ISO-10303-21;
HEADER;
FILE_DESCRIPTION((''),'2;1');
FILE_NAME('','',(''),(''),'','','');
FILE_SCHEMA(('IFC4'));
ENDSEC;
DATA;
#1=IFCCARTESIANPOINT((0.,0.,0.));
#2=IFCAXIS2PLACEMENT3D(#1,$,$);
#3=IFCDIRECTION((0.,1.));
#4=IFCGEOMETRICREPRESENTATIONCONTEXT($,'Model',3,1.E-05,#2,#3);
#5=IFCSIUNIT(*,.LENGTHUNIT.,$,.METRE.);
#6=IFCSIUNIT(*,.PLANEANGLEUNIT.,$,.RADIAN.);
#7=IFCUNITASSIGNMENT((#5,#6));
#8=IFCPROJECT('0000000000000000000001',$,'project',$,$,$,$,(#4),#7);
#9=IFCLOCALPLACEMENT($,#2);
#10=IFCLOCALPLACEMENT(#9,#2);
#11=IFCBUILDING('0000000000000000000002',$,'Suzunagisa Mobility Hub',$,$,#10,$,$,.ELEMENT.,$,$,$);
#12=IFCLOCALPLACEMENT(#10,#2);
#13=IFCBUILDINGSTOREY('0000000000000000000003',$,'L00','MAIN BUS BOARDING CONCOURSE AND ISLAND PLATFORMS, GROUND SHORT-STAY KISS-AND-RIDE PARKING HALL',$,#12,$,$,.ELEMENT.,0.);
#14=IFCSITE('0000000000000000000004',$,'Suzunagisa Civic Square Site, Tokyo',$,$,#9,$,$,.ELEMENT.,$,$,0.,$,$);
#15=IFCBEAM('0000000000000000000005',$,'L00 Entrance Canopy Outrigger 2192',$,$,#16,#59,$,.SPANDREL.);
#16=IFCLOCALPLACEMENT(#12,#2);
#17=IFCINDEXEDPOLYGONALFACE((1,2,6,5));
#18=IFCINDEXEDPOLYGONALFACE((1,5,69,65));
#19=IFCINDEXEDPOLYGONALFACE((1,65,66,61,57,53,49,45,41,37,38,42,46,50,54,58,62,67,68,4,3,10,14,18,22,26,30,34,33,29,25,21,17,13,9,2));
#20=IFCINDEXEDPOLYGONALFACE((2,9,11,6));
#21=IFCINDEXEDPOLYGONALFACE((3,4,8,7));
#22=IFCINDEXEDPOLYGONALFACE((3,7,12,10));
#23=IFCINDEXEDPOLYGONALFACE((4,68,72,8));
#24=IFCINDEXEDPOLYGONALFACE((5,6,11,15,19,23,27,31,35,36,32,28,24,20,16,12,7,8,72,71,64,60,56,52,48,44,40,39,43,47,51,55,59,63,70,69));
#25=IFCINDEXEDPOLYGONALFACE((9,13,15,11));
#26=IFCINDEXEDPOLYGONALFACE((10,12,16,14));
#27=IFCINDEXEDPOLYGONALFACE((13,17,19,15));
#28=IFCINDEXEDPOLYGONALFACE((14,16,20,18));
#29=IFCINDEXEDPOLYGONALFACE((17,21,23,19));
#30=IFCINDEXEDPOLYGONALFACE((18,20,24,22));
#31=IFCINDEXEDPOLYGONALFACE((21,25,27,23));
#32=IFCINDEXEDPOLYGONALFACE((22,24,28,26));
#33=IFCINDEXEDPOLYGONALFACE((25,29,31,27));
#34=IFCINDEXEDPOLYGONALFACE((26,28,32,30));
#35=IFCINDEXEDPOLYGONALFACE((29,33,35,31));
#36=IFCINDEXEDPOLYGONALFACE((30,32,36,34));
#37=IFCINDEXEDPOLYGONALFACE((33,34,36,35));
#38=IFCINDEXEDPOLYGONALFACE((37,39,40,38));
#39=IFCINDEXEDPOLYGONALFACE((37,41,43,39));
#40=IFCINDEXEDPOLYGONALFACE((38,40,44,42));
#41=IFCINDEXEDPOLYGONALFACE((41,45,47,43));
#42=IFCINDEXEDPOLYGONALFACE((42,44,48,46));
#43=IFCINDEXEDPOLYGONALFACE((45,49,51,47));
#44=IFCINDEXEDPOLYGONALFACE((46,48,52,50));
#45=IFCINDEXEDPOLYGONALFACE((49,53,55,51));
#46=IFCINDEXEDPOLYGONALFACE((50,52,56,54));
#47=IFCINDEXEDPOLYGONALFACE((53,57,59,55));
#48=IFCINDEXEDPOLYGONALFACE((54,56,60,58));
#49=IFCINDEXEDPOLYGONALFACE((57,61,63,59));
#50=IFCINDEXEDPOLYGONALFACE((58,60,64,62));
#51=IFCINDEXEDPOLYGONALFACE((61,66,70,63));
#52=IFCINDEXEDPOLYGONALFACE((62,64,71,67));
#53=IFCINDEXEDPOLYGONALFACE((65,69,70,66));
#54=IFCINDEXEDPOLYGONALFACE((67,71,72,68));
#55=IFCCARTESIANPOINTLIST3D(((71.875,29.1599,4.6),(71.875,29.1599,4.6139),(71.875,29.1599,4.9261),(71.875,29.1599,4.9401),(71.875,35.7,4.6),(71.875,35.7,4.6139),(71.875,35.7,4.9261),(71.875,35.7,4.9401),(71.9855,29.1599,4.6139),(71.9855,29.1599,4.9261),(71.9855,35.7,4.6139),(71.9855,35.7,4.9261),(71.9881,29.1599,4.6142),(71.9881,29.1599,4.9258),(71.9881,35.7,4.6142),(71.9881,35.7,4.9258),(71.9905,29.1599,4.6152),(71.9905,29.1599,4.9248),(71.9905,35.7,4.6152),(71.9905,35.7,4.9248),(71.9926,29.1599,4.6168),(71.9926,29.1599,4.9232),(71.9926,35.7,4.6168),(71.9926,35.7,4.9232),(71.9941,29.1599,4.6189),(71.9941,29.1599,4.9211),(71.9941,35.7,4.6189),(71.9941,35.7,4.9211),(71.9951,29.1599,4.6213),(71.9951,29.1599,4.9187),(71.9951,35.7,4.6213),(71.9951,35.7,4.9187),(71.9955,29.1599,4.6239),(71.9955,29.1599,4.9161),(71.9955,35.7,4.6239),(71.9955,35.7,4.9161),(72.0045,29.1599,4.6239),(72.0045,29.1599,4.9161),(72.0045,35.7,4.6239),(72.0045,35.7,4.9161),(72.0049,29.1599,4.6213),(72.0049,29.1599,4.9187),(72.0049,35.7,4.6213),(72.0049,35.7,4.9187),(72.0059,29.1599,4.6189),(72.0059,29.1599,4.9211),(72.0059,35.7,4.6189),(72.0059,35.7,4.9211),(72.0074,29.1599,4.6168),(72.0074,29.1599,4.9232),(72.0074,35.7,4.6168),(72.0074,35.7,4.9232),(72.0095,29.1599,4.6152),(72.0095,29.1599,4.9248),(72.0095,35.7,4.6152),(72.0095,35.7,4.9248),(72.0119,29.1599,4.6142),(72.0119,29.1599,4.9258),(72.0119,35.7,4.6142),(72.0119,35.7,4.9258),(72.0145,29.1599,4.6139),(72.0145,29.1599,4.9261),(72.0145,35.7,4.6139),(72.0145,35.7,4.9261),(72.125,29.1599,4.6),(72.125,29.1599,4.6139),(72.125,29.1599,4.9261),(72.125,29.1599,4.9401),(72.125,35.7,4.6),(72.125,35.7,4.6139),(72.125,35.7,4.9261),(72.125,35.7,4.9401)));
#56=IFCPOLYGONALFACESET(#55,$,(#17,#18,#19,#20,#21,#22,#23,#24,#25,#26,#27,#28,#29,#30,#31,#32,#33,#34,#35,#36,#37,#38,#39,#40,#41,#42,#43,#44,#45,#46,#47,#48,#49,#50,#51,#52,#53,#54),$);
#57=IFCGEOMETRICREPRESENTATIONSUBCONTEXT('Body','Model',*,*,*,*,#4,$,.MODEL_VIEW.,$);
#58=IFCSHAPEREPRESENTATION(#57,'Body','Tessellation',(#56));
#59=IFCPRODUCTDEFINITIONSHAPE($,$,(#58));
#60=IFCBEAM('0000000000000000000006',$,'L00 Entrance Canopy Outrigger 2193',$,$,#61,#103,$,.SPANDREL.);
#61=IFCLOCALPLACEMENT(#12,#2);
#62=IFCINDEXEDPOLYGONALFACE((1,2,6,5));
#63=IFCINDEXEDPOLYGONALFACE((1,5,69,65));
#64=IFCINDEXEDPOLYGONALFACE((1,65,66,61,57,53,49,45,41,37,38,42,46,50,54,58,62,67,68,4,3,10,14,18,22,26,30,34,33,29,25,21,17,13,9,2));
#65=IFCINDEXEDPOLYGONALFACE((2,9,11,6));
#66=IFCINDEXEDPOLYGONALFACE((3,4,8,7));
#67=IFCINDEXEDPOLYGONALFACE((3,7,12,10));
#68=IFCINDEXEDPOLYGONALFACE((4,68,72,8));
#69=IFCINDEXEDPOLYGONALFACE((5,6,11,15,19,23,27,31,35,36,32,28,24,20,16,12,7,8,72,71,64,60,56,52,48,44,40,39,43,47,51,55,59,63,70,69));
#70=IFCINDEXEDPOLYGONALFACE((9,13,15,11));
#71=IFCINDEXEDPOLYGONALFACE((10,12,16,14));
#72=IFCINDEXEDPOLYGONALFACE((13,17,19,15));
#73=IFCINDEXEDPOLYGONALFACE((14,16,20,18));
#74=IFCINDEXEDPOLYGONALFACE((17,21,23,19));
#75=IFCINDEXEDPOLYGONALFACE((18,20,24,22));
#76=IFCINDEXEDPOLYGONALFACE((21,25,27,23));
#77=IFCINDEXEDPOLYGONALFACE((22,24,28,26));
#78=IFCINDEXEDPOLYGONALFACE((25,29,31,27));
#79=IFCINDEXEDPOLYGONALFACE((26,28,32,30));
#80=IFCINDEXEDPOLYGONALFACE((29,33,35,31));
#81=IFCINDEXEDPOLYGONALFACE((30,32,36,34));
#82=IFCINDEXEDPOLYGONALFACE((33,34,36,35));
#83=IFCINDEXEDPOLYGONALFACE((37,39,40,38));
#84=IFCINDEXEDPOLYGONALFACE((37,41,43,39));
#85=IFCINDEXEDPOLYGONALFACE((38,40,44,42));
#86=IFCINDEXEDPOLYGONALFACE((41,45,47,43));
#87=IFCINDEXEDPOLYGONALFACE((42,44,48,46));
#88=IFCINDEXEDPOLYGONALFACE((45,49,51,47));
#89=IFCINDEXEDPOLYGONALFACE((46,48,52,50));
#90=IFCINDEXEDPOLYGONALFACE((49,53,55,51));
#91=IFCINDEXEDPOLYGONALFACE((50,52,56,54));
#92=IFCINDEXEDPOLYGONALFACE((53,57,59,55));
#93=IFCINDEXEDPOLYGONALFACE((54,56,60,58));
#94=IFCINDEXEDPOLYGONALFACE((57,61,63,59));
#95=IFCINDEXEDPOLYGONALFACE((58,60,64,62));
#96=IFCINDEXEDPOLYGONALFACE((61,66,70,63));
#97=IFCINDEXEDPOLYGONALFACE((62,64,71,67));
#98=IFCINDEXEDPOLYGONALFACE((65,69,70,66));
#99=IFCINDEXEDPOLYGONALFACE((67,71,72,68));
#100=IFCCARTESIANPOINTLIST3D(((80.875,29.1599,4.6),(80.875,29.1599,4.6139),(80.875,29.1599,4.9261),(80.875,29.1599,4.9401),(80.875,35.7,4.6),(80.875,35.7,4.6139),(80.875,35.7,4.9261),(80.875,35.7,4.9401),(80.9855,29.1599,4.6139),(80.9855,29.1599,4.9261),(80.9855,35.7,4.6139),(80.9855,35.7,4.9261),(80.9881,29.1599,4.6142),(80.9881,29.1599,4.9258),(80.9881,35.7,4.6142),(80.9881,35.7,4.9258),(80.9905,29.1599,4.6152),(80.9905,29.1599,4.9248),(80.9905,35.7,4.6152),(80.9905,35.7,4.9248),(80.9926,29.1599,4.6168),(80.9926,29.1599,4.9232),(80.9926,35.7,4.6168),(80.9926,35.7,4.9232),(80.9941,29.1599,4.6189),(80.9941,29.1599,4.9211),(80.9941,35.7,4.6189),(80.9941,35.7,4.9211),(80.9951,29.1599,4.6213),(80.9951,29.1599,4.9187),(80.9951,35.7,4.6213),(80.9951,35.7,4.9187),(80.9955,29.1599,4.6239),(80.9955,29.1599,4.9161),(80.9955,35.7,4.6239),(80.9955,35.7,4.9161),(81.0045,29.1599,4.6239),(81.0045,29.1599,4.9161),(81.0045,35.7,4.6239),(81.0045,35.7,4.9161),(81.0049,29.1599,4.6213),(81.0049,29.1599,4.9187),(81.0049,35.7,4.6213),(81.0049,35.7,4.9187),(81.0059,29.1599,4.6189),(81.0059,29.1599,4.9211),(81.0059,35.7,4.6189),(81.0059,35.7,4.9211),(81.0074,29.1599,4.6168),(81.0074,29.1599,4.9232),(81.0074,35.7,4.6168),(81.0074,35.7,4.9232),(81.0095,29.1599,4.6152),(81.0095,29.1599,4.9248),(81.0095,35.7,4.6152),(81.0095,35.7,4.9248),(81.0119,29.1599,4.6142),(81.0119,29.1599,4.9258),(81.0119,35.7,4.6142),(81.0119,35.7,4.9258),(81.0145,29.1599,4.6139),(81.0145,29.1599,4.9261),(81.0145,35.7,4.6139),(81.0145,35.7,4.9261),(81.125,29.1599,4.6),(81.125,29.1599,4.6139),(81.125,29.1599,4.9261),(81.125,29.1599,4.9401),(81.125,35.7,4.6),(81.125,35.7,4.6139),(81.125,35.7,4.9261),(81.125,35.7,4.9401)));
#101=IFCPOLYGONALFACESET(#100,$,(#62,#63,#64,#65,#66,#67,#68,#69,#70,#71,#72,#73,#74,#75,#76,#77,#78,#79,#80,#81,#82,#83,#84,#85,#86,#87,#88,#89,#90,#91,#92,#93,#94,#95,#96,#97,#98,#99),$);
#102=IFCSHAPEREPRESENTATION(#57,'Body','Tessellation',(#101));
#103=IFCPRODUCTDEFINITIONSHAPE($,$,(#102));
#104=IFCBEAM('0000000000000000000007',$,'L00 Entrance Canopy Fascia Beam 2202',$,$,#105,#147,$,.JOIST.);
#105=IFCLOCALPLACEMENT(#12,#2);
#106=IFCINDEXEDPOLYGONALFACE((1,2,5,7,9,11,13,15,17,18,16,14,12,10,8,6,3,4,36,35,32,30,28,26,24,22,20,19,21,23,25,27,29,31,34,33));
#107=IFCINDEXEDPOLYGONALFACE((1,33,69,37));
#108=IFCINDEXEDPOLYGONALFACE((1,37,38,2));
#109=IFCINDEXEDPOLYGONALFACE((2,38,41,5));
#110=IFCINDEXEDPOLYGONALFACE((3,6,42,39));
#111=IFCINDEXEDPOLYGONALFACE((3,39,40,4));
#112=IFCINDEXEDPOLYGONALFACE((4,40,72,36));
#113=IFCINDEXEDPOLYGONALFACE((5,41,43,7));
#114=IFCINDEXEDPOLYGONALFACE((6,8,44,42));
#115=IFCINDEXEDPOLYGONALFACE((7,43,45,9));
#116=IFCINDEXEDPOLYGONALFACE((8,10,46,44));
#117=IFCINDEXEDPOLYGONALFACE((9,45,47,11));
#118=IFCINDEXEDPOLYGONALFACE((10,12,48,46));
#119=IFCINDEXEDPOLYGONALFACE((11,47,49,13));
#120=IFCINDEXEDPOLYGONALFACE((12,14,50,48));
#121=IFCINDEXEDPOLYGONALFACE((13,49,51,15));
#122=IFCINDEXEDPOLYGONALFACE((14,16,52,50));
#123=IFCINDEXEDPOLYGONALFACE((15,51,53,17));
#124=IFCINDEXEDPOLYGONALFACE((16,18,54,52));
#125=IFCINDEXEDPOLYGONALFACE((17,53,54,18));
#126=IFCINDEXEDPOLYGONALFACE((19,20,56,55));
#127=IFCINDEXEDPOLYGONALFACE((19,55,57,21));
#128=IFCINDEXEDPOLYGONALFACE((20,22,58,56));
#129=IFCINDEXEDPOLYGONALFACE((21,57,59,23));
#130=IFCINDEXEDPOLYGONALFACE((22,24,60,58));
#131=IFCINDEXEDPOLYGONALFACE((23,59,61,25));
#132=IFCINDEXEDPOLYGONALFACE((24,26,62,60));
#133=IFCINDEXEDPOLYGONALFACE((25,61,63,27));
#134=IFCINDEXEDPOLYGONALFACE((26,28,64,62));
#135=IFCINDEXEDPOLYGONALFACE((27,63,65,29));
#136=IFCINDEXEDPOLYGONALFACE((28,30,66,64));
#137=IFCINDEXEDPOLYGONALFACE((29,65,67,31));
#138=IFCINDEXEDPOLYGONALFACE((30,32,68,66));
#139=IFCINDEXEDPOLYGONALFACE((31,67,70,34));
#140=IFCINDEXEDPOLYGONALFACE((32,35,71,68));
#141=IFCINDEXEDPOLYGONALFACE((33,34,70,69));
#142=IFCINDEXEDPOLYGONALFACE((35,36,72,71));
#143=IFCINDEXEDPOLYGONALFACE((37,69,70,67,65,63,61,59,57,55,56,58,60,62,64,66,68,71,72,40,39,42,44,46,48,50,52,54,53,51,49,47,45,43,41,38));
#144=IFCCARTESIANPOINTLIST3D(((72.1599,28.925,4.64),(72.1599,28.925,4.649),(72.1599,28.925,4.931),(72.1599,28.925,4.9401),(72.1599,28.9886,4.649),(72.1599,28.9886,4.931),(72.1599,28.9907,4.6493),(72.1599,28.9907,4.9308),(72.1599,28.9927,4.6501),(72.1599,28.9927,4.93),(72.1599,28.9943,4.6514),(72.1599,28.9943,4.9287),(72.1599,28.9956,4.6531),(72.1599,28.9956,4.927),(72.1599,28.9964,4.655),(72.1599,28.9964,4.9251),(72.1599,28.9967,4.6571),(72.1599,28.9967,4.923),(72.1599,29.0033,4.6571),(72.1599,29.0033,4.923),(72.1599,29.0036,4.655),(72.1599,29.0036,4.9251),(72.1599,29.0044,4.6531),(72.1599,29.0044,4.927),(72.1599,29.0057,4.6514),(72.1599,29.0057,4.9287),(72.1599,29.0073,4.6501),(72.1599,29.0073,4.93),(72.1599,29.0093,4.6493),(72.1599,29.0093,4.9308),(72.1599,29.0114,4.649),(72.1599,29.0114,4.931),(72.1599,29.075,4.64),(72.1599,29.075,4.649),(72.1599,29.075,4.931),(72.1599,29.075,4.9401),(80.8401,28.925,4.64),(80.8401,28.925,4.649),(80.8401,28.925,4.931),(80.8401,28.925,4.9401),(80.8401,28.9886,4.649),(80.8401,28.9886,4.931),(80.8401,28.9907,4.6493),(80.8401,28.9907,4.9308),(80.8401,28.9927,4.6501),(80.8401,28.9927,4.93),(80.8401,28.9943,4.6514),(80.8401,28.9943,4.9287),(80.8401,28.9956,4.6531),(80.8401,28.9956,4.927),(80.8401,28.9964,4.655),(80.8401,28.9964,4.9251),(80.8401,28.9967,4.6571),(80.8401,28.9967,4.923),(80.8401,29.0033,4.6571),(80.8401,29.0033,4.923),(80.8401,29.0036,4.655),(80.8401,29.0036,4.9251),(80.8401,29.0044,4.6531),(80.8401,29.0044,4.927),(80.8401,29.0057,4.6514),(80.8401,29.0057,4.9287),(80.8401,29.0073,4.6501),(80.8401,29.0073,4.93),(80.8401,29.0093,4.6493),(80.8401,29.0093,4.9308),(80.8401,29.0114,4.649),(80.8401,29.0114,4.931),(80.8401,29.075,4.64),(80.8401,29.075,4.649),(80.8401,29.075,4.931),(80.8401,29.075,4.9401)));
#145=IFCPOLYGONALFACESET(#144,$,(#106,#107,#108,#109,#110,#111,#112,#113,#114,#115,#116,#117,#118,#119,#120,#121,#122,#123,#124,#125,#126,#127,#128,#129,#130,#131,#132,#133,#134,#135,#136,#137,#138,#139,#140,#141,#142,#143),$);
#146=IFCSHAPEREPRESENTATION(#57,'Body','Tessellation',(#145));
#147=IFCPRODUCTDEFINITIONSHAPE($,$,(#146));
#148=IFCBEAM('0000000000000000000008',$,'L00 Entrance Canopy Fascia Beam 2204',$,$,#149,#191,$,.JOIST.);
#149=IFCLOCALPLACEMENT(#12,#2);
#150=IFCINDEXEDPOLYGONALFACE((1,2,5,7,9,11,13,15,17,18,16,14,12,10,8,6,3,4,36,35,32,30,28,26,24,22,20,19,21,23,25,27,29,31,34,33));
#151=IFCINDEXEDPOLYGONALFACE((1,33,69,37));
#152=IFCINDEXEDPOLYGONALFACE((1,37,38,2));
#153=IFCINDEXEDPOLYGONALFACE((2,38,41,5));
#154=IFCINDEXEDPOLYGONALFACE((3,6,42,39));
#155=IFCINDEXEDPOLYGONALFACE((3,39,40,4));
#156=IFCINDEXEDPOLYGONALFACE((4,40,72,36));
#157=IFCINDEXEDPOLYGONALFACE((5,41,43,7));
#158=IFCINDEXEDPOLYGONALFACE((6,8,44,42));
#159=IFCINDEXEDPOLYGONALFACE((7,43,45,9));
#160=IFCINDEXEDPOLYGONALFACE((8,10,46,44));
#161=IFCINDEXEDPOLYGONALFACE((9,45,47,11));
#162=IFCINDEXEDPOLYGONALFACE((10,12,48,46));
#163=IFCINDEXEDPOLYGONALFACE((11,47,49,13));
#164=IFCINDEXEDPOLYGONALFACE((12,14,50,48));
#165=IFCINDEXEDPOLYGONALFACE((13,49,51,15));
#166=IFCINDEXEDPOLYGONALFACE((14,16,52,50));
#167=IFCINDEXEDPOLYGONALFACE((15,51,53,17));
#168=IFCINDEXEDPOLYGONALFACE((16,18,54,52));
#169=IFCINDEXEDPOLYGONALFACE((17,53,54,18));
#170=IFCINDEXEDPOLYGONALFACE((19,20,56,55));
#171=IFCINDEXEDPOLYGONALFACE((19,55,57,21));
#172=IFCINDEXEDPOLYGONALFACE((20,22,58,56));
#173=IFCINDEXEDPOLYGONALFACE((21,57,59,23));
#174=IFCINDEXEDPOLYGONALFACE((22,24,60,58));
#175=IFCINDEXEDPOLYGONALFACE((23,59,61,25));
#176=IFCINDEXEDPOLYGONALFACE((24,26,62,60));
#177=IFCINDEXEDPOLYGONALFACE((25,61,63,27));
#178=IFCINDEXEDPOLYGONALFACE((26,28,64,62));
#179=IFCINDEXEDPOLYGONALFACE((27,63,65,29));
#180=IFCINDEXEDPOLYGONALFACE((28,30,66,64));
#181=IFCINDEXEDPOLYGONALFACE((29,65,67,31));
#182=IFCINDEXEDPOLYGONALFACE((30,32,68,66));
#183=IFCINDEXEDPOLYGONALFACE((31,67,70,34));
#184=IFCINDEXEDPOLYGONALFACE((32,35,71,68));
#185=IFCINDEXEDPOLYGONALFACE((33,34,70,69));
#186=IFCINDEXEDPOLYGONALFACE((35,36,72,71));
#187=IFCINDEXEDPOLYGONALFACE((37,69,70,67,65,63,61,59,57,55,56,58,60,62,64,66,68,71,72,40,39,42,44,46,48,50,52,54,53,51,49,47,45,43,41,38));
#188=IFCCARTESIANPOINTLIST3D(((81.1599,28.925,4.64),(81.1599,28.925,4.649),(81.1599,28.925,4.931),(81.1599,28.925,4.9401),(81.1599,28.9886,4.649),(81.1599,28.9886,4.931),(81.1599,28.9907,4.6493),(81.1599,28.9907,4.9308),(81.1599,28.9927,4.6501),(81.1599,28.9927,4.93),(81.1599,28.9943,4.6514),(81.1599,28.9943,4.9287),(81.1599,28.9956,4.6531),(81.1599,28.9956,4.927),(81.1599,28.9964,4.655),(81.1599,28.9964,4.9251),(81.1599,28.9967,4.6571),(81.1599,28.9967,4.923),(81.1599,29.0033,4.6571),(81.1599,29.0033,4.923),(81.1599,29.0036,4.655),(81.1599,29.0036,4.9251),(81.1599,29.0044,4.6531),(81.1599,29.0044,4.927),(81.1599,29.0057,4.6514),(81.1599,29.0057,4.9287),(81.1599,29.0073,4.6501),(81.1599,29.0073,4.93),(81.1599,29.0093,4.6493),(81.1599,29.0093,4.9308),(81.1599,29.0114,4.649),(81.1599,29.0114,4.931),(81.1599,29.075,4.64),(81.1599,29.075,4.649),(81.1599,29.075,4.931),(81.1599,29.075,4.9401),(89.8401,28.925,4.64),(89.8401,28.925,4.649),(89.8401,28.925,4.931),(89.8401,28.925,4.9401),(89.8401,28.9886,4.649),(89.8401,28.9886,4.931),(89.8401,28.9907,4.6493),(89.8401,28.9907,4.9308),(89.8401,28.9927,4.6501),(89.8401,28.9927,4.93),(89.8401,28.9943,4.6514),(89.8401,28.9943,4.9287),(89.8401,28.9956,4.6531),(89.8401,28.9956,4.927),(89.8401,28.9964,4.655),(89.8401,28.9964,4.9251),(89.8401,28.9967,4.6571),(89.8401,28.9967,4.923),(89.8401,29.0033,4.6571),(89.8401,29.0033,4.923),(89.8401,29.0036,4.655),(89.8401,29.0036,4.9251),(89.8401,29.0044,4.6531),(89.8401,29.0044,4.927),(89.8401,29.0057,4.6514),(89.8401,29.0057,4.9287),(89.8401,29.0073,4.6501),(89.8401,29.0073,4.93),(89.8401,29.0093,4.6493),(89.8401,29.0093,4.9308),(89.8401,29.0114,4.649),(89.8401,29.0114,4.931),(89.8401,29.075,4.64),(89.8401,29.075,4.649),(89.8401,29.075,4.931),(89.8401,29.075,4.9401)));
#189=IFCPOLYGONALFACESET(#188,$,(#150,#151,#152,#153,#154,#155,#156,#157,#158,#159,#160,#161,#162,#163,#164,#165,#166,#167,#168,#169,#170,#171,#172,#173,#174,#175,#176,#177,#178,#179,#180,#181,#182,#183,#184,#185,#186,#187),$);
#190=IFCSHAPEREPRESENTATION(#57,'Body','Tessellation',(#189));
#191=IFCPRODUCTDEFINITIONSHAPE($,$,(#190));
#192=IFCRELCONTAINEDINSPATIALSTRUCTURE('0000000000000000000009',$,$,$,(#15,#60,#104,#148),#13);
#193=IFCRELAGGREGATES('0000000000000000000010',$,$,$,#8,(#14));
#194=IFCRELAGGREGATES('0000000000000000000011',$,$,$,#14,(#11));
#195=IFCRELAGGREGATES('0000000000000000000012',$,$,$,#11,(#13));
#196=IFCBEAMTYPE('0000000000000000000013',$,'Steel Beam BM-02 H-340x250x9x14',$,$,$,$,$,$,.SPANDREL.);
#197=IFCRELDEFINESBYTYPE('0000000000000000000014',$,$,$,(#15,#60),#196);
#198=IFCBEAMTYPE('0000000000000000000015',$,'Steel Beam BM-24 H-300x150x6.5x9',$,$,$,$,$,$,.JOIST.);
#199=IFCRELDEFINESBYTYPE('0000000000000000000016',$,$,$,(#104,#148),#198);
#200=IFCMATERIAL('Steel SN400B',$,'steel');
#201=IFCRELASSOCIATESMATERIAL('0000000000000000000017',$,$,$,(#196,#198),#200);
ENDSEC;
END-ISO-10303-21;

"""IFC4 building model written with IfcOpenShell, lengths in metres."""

from ifc_helpers import new_model, si_unit, direction, frame, origin, origin_2d, place, context, subcontext, project, spatial, i_section, extrude, material, material_profile, profile_set, type_object, element, save


model = new_model("IFC4")

# Units and contexts
model_context = context("Model", 3, precision=1e-05, world=origin(), true_north=direction((0.0, 1.0)))
body_context = subcontext(model_context, "Body", "Model", "MODEL_VIEW")
ifc_project = project(units=[si_unit("LENGTHUNIT", "METRE"), si_unit("PLANEANGLEUNIT", "RADIAN")], contexts=[model_context])

# Site, building, storey
site_placement = place(None, origin())
site = spatial("IfcSite", under=ifc_project, at=site_placement, Name="Suzunagisa Civic Square Site, Tokyo", CompositionType="ELEMENT", RefElevation=0.0)
building_placement = place(site_placement, origin())
building = spatial("IfcBuilding", under=site, at=building_placement, Name="Suzunagisa Mobility Hub", CompositionType="ELEMENT")
storey_placement = place(building_placement, origin())
storey = spatial("IfcBuildingStorey", under=building, at=storey_placement, Name="L00", Description="MAIN BUS BOARDING CONCOURSE AND ISLAND PLATFORMS, GROUND SHORT-STAY KISS-AND-RIDE PARKING HALL", CompositionType="ELEMENT", Elevation=0.0)

# Shared definitions
ifc_material_1 = material(Name="Steel SN400B", Category="steel")

# Beams
ifc_material_profile_1 = material_profile(ifc_material_1, i_section(OverallWidth=0.25, OverallDepth=0.3401, WebThickness=0.009, FlangeThickness=0.0139, FilletRadius=0.01, at=origin_2d()), Name="H-340x250x9x14")
ifc_profile_set_1 = profile_set([ifc_material_profile_1], Name="Steel SN400B")
beam_type_1 = type_object("IfcBeamType", Name="Steel Beam BM-02 H-340x250x9x14", PredefinedType="SPANDREL", material=ifc_profile_set_1)
for number, where, z_axis, x_axis, name in (
    (1, (72.0, 29.1599, 4.77), (0.0, 1.0, 0.0), (-1.0, 0.0, 0.0), "L00 Entrance Canopy Outrigger 2192"),
    (2, (81.0, 29.1599, 4.77), (0.0, 1.0, 0.0), (-1.0, 0.0, 0.0), "L00 Entrance Canopy Outrigger 2193"),
):
    element("IfcBeam", number, at=place(storey_placement, frame(where, z_axis=z_axis, x_axis=x_axis)), inside=storey, type_object=beam_type_1, Name=name, PredefinedType="SPANDREL", context=body_context, shape_type="SweptSolid", body=[
        extrude(i_section(OverallWidth=0.25, OverallDepth=0.3401, WebThickness=0.009, FlangeThickness=0.0139, FilletRadius=0.01, at=origin_2d()), origin(), (0.0, 0.0, 1.0), 6.54),
    ])
ifc_material_profile_2 = material_profile(ifc_material_1, i_section(OverallWidth=0.1499, OverallDepth=0.3, WebThickness=0.0066, FlangeThickness=0.009, FilletRadius=0.0081, at=origin_2d()), Name="H-300x150x6.5x9")
ifc_profile_set_2 = profile_set([ifc_material_profile_2], Name="Steel SN400B")
beam_type_2 = type_object("IfcBeamType", Name="Steel Beam BM-24 H-300x150x6.5x9", PredefinedType="JOIST", material=ifc_profile_set_2)
for number, where, z_axis, x_axis, name in (
    (3, (72.1599, 29.0, 4.79), (1.0, 0.0, 0.0), (0.0, 1.0, 0.0), "L00 Entrance Canopy Fascia Beam 2202"),
    (4, (81.1599, 29.0, 4.79), (1.0, 0.0, 0.0), (0.0, 1.0, 0.0), "L00 Entrance Canopy Fascia Beam 2204"),
):
    element("IfcBeam", number, at=place(storey_placement, frame(where, z_axis=z_axis, x_axis=x_axis)), inside=storey, type_object=beam_type_2, Name=name, PredefinedType="JOIST", context=body_context, shape_type="SweptSolid", body=[
        extrude(i_section(OverallWidth=0.1499, OverallDepth=0.3, WebThickness=0.0066, FlangeThickness=0.009, FilletRadius=0.0081, at=origin_2d()), origin(), (0.0, 0.0, 1.0), 8.6802),
    ])

save(model, "model.ifc")
